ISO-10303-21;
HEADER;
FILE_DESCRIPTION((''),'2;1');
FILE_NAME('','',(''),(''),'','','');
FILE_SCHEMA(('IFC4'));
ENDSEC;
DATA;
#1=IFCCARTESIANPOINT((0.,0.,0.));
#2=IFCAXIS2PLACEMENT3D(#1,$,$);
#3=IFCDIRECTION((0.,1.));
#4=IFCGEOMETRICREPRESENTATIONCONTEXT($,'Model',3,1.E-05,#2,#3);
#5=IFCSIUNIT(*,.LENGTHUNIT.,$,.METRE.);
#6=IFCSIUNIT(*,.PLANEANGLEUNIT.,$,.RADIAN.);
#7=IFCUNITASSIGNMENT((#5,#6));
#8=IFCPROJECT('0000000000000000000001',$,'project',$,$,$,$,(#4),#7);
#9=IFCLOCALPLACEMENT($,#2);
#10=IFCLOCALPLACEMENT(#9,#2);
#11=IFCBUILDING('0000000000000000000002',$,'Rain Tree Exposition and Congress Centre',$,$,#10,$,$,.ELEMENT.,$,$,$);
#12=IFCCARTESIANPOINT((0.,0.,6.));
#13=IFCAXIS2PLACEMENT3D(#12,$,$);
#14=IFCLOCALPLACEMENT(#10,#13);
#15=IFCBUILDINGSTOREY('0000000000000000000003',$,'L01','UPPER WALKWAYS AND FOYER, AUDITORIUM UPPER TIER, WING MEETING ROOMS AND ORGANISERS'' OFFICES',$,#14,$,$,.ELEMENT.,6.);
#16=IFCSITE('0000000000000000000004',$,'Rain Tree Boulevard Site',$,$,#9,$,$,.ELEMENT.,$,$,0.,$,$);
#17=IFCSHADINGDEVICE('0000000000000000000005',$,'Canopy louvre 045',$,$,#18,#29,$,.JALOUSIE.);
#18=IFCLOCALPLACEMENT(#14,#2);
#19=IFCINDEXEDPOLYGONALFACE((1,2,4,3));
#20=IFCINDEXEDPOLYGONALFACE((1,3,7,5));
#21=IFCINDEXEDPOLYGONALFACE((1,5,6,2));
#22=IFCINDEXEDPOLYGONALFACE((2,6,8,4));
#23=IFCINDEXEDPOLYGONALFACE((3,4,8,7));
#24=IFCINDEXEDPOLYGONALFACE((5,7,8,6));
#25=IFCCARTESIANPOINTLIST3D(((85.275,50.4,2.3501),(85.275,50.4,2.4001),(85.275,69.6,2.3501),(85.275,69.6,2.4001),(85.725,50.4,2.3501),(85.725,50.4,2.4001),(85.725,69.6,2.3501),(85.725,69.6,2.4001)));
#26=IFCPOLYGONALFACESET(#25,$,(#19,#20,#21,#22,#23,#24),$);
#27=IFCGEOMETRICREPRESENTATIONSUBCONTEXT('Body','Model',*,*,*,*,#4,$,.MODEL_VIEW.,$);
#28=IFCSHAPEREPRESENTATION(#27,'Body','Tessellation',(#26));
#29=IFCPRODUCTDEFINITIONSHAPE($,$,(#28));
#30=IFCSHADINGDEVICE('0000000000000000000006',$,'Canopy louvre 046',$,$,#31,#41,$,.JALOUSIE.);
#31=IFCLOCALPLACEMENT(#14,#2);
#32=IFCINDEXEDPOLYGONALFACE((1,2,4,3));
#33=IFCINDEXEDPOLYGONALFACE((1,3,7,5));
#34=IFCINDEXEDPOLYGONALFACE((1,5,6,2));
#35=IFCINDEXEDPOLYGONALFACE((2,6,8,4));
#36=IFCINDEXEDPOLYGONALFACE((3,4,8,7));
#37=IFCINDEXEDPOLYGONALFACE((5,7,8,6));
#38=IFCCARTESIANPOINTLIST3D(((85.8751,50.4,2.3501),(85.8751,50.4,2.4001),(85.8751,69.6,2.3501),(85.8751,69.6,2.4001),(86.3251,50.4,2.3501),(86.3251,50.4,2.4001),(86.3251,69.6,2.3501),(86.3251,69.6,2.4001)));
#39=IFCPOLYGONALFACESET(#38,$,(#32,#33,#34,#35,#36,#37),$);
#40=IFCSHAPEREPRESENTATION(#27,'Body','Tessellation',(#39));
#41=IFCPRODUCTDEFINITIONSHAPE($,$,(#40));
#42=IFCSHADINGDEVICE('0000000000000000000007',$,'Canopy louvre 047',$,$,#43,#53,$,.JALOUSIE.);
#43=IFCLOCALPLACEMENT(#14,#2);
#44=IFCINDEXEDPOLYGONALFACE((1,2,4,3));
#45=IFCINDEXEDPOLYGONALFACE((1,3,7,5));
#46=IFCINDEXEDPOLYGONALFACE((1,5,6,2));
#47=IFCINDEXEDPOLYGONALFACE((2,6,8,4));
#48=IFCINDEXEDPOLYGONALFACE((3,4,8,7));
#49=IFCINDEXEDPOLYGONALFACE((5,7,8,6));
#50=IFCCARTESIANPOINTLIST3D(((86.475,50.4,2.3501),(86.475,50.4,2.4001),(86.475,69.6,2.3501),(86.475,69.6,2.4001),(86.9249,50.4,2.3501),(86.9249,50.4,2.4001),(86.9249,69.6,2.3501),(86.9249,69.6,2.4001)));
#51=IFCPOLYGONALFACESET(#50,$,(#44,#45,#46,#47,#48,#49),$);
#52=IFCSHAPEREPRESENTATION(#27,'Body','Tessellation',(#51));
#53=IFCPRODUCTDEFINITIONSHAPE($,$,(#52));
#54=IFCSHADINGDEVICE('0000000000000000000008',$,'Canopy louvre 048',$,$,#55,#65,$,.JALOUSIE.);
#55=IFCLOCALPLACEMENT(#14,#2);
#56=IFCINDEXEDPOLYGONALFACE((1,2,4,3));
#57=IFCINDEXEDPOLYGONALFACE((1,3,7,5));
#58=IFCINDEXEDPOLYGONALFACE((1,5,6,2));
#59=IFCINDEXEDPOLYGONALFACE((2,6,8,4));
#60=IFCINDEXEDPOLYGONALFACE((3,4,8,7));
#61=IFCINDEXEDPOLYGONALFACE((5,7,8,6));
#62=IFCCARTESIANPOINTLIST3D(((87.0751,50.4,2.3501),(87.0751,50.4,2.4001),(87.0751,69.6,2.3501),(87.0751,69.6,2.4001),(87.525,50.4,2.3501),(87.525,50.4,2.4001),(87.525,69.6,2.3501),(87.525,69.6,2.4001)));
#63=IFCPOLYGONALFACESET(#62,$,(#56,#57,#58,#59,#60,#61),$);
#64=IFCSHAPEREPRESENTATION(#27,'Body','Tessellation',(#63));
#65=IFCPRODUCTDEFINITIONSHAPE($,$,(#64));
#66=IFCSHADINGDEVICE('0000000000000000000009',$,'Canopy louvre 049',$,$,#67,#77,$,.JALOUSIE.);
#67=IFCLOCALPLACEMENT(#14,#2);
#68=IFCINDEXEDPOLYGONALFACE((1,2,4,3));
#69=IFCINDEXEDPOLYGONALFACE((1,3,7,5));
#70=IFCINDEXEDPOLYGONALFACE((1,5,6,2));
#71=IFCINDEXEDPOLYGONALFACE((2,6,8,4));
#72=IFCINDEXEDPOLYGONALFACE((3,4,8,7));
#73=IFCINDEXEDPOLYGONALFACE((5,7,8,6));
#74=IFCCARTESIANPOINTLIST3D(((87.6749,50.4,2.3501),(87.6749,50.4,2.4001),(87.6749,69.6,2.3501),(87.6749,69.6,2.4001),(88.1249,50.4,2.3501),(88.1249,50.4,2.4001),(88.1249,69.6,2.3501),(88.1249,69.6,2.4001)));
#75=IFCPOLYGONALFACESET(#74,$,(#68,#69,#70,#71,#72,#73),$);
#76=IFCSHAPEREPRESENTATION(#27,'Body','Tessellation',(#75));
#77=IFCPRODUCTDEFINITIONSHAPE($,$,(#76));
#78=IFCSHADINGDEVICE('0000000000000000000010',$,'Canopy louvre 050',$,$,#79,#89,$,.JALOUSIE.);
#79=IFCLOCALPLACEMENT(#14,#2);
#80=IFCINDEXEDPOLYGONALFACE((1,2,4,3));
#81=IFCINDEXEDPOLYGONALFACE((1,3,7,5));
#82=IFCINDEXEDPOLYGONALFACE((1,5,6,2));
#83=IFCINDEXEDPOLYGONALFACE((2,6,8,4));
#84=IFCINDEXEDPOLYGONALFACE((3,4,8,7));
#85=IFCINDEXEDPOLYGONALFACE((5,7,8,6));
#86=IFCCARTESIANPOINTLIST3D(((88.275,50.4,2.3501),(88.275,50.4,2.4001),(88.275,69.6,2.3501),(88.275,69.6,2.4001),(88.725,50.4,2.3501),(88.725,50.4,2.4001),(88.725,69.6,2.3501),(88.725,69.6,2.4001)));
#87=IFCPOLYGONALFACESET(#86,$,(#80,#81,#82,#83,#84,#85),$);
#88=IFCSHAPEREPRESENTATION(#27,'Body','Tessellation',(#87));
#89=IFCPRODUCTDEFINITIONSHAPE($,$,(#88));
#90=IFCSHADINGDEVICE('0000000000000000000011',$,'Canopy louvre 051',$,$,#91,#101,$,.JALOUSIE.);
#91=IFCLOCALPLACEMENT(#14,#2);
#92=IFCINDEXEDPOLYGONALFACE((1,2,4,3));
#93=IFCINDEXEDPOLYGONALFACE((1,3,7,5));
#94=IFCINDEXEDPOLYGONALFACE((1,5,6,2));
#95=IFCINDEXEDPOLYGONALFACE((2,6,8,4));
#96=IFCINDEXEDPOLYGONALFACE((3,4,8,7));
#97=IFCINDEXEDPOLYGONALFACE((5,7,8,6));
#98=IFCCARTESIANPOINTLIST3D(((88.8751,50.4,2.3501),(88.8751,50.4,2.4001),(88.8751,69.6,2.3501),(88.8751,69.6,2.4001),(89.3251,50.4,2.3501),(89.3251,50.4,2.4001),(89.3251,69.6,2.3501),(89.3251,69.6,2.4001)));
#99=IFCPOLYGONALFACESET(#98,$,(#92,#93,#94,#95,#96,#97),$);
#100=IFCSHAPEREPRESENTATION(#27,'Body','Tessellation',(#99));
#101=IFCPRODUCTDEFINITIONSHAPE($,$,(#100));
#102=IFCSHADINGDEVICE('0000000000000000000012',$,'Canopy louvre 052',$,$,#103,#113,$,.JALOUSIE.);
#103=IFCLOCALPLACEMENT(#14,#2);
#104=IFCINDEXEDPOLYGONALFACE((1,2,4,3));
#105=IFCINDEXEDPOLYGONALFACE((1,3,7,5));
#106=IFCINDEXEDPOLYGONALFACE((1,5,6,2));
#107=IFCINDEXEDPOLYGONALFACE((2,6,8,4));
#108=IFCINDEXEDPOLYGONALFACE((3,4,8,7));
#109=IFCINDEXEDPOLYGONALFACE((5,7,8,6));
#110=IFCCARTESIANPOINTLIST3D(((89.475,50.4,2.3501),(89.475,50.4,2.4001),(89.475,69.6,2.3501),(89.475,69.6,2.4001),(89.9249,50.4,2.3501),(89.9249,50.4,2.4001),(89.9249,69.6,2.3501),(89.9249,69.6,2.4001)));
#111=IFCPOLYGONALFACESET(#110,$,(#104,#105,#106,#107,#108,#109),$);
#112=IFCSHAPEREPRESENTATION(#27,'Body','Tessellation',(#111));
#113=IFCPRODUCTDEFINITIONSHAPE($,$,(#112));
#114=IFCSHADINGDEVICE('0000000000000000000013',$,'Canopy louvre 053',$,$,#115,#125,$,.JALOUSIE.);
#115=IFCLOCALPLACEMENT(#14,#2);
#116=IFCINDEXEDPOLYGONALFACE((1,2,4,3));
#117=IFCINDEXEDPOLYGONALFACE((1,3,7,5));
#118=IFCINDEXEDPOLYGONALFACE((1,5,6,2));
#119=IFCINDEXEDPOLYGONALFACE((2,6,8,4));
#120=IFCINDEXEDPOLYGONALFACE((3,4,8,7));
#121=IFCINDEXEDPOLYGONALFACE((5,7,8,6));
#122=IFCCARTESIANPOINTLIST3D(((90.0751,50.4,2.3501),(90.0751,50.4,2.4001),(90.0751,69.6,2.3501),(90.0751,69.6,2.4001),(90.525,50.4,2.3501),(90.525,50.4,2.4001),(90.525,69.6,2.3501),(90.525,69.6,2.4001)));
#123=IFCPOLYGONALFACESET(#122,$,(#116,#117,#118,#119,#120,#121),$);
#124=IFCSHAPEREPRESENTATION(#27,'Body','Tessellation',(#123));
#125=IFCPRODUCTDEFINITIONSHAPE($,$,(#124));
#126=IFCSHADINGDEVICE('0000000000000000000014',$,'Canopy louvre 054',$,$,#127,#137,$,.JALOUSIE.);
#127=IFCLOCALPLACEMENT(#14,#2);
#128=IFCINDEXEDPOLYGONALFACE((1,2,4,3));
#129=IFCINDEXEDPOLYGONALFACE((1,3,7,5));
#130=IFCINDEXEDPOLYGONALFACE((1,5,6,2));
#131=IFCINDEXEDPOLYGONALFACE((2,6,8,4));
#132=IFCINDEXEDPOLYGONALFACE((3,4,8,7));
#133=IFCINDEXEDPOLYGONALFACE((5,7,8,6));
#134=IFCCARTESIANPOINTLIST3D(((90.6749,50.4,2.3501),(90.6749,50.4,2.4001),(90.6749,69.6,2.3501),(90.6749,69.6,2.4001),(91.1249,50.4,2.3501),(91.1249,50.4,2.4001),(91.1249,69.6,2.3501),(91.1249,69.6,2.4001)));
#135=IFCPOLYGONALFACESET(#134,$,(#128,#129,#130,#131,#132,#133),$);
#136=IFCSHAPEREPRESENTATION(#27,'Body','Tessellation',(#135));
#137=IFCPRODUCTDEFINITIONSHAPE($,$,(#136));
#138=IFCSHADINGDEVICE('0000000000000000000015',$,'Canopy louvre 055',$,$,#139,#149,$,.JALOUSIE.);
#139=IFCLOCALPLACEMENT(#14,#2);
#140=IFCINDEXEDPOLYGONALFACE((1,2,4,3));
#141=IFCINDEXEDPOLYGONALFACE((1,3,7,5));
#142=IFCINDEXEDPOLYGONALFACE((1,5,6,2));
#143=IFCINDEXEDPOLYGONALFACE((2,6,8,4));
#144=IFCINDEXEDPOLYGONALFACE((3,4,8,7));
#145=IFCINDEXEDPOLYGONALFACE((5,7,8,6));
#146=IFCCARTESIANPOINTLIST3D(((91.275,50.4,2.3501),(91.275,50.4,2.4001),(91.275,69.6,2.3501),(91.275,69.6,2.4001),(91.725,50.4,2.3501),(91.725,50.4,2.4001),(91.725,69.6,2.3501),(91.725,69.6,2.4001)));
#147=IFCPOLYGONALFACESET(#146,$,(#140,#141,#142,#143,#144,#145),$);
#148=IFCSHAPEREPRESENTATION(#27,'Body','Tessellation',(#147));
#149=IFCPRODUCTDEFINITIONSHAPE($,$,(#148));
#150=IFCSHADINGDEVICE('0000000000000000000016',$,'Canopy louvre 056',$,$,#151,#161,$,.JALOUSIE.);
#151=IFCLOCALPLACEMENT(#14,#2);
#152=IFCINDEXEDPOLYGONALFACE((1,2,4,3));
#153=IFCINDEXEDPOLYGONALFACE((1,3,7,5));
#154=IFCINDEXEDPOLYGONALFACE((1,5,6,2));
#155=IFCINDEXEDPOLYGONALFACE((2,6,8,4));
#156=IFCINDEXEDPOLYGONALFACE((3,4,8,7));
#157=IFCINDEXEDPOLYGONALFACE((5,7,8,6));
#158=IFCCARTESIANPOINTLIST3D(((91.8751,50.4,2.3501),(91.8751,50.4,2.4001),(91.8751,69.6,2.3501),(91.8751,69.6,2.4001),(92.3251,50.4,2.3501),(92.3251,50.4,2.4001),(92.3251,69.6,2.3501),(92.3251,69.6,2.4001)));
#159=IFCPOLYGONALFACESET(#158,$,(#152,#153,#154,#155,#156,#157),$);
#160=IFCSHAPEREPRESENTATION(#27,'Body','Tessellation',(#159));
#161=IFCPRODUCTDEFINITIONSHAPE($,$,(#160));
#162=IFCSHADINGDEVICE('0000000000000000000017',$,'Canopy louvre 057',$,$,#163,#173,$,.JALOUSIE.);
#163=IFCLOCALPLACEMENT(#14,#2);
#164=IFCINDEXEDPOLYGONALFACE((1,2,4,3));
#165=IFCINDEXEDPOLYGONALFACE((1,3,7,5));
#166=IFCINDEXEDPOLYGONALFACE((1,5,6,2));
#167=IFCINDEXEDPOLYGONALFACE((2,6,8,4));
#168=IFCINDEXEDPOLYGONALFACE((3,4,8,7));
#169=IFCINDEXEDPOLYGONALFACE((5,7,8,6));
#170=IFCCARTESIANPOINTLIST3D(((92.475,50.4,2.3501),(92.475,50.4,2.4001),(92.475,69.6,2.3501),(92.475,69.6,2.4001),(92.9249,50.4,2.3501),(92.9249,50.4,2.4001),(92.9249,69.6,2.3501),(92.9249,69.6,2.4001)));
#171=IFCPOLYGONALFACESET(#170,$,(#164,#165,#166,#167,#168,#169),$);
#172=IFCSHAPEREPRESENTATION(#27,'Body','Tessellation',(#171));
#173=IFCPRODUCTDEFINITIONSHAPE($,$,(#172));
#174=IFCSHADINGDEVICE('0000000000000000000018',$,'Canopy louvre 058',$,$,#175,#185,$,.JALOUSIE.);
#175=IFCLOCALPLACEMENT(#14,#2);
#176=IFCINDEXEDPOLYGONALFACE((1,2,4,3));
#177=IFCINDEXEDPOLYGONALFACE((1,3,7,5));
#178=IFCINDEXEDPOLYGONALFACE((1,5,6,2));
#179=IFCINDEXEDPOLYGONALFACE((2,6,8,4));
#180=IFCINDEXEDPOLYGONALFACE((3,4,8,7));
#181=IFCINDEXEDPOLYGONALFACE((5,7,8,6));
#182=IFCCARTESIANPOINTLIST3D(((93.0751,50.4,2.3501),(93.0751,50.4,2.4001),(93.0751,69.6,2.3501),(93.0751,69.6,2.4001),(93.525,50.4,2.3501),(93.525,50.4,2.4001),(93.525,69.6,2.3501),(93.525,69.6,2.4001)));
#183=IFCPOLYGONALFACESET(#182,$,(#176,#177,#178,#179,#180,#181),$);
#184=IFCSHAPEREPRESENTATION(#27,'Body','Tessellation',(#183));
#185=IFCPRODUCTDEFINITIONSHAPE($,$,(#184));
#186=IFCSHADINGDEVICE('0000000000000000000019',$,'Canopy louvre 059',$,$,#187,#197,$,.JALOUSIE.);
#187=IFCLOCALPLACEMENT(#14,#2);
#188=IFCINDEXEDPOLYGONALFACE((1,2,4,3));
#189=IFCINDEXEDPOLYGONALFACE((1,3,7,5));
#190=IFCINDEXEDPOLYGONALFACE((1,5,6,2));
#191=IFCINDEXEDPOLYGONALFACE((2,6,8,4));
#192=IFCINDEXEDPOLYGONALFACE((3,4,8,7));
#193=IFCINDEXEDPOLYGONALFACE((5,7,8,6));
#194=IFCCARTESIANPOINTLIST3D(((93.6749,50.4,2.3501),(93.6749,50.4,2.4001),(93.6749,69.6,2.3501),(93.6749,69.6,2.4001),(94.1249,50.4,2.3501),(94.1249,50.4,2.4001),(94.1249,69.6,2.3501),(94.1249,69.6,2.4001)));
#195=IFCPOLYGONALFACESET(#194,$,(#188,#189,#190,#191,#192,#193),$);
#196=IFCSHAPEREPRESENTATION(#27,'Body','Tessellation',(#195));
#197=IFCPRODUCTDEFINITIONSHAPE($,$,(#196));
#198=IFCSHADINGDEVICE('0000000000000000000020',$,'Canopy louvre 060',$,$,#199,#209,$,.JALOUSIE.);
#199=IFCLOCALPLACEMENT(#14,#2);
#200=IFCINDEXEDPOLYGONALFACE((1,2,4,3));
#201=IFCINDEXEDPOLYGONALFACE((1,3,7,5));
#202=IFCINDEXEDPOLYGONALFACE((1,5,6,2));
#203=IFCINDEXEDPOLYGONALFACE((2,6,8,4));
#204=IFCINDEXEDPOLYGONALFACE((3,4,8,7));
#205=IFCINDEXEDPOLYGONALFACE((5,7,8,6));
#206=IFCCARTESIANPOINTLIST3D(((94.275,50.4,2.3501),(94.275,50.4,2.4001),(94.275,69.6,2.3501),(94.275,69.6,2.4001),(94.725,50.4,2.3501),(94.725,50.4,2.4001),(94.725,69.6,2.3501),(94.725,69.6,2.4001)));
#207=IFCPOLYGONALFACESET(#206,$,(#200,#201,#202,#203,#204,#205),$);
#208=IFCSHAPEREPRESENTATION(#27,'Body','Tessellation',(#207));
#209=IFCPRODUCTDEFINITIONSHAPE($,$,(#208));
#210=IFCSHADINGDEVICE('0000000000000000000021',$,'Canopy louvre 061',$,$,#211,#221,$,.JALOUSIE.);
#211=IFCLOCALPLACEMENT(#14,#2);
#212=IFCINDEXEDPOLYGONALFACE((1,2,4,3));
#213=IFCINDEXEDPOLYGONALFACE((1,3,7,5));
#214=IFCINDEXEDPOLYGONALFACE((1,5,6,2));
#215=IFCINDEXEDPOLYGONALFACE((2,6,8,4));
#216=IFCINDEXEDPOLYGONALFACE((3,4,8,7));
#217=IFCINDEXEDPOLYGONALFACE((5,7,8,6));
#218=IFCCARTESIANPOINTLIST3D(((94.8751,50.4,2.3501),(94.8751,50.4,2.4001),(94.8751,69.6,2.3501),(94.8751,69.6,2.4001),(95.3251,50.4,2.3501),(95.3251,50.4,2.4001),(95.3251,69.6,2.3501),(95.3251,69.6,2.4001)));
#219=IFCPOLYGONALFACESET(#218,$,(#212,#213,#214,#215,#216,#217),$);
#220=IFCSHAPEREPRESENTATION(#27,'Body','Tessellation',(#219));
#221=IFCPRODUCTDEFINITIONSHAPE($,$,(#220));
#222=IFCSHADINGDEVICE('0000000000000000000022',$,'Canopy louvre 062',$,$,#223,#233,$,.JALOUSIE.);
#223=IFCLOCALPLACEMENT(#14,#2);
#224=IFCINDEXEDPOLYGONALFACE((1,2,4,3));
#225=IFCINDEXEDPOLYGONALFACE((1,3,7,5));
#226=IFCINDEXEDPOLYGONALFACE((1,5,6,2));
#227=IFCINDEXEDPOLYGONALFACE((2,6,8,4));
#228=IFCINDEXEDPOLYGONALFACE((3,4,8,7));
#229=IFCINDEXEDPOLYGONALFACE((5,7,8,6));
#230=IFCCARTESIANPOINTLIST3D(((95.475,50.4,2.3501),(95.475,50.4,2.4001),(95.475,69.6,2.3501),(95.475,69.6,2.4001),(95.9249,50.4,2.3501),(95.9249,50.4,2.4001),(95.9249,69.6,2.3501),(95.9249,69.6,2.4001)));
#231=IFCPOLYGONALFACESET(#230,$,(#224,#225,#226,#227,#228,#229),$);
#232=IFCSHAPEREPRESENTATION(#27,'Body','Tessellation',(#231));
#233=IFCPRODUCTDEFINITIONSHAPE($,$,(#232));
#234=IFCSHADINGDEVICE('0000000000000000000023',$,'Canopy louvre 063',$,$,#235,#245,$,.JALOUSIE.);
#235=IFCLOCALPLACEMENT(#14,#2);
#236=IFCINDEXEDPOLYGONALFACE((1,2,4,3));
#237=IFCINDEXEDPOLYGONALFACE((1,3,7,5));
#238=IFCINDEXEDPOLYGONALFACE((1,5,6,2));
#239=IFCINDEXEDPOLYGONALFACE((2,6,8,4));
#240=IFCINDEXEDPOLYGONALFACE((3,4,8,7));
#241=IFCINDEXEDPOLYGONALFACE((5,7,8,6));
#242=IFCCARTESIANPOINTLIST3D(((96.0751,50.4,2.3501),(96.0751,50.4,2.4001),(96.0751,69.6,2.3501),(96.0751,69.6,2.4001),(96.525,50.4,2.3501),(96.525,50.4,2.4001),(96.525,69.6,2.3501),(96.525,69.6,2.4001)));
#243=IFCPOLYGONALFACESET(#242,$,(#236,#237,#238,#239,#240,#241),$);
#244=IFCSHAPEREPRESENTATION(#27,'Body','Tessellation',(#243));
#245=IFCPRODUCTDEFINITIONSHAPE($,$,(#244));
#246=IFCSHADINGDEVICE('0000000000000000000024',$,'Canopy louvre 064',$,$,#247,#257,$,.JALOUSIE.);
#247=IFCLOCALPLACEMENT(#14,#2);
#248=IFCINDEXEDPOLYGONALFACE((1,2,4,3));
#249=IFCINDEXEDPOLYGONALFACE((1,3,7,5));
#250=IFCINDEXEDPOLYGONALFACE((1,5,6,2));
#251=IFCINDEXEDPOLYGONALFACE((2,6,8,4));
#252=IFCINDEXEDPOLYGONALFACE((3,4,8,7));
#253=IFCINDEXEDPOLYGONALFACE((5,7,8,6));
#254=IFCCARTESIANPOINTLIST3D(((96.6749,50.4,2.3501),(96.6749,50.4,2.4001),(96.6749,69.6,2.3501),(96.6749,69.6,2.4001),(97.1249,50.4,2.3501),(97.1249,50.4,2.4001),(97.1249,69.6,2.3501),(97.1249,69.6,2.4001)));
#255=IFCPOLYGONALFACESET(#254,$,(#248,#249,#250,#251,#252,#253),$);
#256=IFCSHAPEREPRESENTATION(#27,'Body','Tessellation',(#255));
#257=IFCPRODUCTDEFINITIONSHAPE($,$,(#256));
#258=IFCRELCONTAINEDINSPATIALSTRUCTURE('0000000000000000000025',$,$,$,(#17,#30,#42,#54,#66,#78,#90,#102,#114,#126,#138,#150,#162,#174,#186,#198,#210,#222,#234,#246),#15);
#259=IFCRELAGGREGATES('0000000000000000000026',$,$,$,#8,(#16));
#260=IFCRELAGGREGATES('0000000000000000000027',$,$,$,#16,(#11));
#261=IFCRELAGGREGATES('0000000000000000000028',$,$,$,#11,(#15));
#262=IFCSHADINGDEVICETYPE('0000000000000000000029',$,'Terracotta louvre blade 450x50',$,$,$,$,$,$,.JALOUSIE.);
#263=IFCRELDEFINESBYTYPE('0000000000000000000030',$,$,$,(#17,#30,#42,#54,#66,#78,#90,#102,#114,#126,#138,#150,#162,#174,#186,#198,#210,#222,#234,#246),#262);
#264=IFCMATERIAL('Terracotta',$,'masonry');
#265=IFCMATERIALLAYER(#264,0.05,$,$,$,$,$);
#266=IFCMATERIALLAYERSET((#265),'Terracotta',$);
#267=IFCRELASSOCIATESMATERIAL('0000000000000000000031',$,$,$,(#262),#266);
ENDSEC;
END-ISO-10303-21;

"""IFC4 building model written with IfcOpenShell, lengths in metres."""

from ifc_helpers import new_model, si_unit, direction, frame, origin, origin_2d, place, context, subcontext, project, spatial, rectangle, extrude, material, layer, layer_set, type_object, element, save


model = new_model("IFC4")

# Units and contexts
model_context = context("Model", 3, precision=1e-05, world=origin(), true_north=direction((0.0, 1.0)))
body_context = subcontext(model_context, "Body", "Model", "MODEL_VIEW")
ifc_project = project(units=[si_unit("LENGTHUNIT", "METRE"), si_unit("PLANEANGLEUNIT", "RADIAN")], contexts=[model_context])

# Site, building, storey
site_placement = place(None, origin())
site = spatial("IfcSite", under=ifc_project, at=site_placement, Name="Rain Tree Boulevard Site", CompositionType="ELEMENT", RefElevation=0.0)
building_placement = place(site_placement, origin())
building = spatial("IfcBuilding", under=site, at=building_placement, Name="Rain Tree Exposition and Congress Centre", CompositionType="ELEMENT")
storey_placement = place(building_placement, frame((0.0, 0.0, 6.0)))
storey = spatial("IfcBuildingStorey", under=building, at=storey_placement, Name="L01", Description="UPPER WALKWAYS AND FOYER, AUDITORIUM UPPER TIER, WING MEETING ROOMS AND ORGANISERS' OFFICES", CompositionType="ELEMENT", Elevation=6.0)

# Shading devices
ifc_material_1 = material(Name="Terracotta", Category="masonry")
ifc_layer = layer(ifc_material_1, 0.05)
ifc_layer_set = layer_set([ifc_layer], Name="Terracotta")
shading_device_type = type_object("IfcShadingDeviceType", Name="Terracotta louvre blade 450x50", PredefinedType="JALOUSIE", material=ifc_layer_set)
for number, where, z_axis, x_axis, name in (
    (1, (85.5, 60.0, 2.3501), (0.0, 0.0, 1.0), (1.0, 0.0, 0.0), "Canopy louvre 045"),
    (2, (86.1001, 60.0, 2.3501), (0.0, 0.0, 1.0), (1.0, 0.0, 0.0), "Canopy louvre 046"),
    (3, (86.7, 60.0, 2.3501), (0.0, 0.0, 1.0), (1.0, 0.0, 0.0), "Canopy louvre 047"),
    (4, (87.3, 60.0, 2.3501), (0.0, 0.0, 1.0), (1.0, 0.0, 0.0), "Canopy louvre 048"),
    (5, (87.8999, 60.0, 2.3501), (0.0, 0.0, 1.0), (1.0, 0.0, 0.0), "Canopy louvre 049"),
    (6, (88.5, 60.0, 2.3501), (0.0, 0.0, 1.0), (1.0, 0.0, 0.0), "Canopy louvre 050"),
    (7, (89.1001, 60.0, 2.3501), (0.0, 0.0, 1.0), (1.0, 0.0, 0.0), "Canopy louvre 051"),
    (8, (89.7, 60.0, 2.3501), (0.0, 0.0, 1.0), (1.0, 0.0, 0.0), "Canopy louvre 052"),
    (9, (90.3, 60.0, 2.3501), (0.0, 0.0, 1.0), (1.0, 0.0, 0.0), "Canopy louvre 053"),
    (10, (90.8999, 60.0, 2.3501), (0.0, 0.0, 1.0), (1.0, 0.0, 0.0), "Canopy louvre 054"),
    (11, (91.5, 60.0, 2.3501), (0.0, 0.0, 1.0), (1.0, 0.0, 0.0), "Canopy louvre 055"),
    (12, (92.1001, 60.0, 2.3501), (0.0, 0.0, 1.0), (1.0, 0.0, 0.0), "Canopy louvre 056"),
    (13, (92.7, 60.0, 2.3501), (0.0, 0.0, 1.0), (1.0, 0.0, 0.0), "Canopy louvre 057"),
    (14, (93.3, 60.0, 2.3501), (0.0, 0.0, 1.0), (1.0, 0.0, 0.0), "Canopy louvre 058"),
    (15, (93.8999, 60.0, 2.3501), (0.0, 0.0, 1.0), (1.0, 0.0, 0.0), "Canopy louvre 059"),
    (16, (94.5, 60.0, 2.3501), (0.0, 0.0, 1.0), (1.0, 0.0, 0.0), "Canopy louvre 060"),
    (17, (95.1001, 60.0, 2.3501), (0.0, 0.0, 1.0), (1.0, 0.0, 0.0), "Canopy louvre 061"),
    (18, (95.7, 60.0, 2.3501), (0.0, 0.0, 1.0), (1.0, 0.0, 0.0), "Canopy louvre 062"),
    (19, (96.3, 60.0, 2.3501), (0.0, 0.0, 1.0), (1.0, 0.0, 0.0), "Canopy louvre 063"),
    (20, (96.8999, 60.0, 2.3501), (0.0, 0.0, 1.0), (1.0, 0.0, 0.0), "Canopy louvre 064"),
):
    element("IfcShadingDevice", number, at=place(storey_placement, frame(where, z_axis=z_axis, x_axis=x_axis)), inside=storey, type_object=shading_device_type, Name=name, PredefinedType="JALOUSIE", context=body_context, shape_type="SweptSolid", body=[
        extrude(rectangle(XDim=0.45, YDim=19.2, at=origin_2d()), origin(), (0.0, 0.0, 1.0), 0.05),
    ])

save(model, "model.ifc")
